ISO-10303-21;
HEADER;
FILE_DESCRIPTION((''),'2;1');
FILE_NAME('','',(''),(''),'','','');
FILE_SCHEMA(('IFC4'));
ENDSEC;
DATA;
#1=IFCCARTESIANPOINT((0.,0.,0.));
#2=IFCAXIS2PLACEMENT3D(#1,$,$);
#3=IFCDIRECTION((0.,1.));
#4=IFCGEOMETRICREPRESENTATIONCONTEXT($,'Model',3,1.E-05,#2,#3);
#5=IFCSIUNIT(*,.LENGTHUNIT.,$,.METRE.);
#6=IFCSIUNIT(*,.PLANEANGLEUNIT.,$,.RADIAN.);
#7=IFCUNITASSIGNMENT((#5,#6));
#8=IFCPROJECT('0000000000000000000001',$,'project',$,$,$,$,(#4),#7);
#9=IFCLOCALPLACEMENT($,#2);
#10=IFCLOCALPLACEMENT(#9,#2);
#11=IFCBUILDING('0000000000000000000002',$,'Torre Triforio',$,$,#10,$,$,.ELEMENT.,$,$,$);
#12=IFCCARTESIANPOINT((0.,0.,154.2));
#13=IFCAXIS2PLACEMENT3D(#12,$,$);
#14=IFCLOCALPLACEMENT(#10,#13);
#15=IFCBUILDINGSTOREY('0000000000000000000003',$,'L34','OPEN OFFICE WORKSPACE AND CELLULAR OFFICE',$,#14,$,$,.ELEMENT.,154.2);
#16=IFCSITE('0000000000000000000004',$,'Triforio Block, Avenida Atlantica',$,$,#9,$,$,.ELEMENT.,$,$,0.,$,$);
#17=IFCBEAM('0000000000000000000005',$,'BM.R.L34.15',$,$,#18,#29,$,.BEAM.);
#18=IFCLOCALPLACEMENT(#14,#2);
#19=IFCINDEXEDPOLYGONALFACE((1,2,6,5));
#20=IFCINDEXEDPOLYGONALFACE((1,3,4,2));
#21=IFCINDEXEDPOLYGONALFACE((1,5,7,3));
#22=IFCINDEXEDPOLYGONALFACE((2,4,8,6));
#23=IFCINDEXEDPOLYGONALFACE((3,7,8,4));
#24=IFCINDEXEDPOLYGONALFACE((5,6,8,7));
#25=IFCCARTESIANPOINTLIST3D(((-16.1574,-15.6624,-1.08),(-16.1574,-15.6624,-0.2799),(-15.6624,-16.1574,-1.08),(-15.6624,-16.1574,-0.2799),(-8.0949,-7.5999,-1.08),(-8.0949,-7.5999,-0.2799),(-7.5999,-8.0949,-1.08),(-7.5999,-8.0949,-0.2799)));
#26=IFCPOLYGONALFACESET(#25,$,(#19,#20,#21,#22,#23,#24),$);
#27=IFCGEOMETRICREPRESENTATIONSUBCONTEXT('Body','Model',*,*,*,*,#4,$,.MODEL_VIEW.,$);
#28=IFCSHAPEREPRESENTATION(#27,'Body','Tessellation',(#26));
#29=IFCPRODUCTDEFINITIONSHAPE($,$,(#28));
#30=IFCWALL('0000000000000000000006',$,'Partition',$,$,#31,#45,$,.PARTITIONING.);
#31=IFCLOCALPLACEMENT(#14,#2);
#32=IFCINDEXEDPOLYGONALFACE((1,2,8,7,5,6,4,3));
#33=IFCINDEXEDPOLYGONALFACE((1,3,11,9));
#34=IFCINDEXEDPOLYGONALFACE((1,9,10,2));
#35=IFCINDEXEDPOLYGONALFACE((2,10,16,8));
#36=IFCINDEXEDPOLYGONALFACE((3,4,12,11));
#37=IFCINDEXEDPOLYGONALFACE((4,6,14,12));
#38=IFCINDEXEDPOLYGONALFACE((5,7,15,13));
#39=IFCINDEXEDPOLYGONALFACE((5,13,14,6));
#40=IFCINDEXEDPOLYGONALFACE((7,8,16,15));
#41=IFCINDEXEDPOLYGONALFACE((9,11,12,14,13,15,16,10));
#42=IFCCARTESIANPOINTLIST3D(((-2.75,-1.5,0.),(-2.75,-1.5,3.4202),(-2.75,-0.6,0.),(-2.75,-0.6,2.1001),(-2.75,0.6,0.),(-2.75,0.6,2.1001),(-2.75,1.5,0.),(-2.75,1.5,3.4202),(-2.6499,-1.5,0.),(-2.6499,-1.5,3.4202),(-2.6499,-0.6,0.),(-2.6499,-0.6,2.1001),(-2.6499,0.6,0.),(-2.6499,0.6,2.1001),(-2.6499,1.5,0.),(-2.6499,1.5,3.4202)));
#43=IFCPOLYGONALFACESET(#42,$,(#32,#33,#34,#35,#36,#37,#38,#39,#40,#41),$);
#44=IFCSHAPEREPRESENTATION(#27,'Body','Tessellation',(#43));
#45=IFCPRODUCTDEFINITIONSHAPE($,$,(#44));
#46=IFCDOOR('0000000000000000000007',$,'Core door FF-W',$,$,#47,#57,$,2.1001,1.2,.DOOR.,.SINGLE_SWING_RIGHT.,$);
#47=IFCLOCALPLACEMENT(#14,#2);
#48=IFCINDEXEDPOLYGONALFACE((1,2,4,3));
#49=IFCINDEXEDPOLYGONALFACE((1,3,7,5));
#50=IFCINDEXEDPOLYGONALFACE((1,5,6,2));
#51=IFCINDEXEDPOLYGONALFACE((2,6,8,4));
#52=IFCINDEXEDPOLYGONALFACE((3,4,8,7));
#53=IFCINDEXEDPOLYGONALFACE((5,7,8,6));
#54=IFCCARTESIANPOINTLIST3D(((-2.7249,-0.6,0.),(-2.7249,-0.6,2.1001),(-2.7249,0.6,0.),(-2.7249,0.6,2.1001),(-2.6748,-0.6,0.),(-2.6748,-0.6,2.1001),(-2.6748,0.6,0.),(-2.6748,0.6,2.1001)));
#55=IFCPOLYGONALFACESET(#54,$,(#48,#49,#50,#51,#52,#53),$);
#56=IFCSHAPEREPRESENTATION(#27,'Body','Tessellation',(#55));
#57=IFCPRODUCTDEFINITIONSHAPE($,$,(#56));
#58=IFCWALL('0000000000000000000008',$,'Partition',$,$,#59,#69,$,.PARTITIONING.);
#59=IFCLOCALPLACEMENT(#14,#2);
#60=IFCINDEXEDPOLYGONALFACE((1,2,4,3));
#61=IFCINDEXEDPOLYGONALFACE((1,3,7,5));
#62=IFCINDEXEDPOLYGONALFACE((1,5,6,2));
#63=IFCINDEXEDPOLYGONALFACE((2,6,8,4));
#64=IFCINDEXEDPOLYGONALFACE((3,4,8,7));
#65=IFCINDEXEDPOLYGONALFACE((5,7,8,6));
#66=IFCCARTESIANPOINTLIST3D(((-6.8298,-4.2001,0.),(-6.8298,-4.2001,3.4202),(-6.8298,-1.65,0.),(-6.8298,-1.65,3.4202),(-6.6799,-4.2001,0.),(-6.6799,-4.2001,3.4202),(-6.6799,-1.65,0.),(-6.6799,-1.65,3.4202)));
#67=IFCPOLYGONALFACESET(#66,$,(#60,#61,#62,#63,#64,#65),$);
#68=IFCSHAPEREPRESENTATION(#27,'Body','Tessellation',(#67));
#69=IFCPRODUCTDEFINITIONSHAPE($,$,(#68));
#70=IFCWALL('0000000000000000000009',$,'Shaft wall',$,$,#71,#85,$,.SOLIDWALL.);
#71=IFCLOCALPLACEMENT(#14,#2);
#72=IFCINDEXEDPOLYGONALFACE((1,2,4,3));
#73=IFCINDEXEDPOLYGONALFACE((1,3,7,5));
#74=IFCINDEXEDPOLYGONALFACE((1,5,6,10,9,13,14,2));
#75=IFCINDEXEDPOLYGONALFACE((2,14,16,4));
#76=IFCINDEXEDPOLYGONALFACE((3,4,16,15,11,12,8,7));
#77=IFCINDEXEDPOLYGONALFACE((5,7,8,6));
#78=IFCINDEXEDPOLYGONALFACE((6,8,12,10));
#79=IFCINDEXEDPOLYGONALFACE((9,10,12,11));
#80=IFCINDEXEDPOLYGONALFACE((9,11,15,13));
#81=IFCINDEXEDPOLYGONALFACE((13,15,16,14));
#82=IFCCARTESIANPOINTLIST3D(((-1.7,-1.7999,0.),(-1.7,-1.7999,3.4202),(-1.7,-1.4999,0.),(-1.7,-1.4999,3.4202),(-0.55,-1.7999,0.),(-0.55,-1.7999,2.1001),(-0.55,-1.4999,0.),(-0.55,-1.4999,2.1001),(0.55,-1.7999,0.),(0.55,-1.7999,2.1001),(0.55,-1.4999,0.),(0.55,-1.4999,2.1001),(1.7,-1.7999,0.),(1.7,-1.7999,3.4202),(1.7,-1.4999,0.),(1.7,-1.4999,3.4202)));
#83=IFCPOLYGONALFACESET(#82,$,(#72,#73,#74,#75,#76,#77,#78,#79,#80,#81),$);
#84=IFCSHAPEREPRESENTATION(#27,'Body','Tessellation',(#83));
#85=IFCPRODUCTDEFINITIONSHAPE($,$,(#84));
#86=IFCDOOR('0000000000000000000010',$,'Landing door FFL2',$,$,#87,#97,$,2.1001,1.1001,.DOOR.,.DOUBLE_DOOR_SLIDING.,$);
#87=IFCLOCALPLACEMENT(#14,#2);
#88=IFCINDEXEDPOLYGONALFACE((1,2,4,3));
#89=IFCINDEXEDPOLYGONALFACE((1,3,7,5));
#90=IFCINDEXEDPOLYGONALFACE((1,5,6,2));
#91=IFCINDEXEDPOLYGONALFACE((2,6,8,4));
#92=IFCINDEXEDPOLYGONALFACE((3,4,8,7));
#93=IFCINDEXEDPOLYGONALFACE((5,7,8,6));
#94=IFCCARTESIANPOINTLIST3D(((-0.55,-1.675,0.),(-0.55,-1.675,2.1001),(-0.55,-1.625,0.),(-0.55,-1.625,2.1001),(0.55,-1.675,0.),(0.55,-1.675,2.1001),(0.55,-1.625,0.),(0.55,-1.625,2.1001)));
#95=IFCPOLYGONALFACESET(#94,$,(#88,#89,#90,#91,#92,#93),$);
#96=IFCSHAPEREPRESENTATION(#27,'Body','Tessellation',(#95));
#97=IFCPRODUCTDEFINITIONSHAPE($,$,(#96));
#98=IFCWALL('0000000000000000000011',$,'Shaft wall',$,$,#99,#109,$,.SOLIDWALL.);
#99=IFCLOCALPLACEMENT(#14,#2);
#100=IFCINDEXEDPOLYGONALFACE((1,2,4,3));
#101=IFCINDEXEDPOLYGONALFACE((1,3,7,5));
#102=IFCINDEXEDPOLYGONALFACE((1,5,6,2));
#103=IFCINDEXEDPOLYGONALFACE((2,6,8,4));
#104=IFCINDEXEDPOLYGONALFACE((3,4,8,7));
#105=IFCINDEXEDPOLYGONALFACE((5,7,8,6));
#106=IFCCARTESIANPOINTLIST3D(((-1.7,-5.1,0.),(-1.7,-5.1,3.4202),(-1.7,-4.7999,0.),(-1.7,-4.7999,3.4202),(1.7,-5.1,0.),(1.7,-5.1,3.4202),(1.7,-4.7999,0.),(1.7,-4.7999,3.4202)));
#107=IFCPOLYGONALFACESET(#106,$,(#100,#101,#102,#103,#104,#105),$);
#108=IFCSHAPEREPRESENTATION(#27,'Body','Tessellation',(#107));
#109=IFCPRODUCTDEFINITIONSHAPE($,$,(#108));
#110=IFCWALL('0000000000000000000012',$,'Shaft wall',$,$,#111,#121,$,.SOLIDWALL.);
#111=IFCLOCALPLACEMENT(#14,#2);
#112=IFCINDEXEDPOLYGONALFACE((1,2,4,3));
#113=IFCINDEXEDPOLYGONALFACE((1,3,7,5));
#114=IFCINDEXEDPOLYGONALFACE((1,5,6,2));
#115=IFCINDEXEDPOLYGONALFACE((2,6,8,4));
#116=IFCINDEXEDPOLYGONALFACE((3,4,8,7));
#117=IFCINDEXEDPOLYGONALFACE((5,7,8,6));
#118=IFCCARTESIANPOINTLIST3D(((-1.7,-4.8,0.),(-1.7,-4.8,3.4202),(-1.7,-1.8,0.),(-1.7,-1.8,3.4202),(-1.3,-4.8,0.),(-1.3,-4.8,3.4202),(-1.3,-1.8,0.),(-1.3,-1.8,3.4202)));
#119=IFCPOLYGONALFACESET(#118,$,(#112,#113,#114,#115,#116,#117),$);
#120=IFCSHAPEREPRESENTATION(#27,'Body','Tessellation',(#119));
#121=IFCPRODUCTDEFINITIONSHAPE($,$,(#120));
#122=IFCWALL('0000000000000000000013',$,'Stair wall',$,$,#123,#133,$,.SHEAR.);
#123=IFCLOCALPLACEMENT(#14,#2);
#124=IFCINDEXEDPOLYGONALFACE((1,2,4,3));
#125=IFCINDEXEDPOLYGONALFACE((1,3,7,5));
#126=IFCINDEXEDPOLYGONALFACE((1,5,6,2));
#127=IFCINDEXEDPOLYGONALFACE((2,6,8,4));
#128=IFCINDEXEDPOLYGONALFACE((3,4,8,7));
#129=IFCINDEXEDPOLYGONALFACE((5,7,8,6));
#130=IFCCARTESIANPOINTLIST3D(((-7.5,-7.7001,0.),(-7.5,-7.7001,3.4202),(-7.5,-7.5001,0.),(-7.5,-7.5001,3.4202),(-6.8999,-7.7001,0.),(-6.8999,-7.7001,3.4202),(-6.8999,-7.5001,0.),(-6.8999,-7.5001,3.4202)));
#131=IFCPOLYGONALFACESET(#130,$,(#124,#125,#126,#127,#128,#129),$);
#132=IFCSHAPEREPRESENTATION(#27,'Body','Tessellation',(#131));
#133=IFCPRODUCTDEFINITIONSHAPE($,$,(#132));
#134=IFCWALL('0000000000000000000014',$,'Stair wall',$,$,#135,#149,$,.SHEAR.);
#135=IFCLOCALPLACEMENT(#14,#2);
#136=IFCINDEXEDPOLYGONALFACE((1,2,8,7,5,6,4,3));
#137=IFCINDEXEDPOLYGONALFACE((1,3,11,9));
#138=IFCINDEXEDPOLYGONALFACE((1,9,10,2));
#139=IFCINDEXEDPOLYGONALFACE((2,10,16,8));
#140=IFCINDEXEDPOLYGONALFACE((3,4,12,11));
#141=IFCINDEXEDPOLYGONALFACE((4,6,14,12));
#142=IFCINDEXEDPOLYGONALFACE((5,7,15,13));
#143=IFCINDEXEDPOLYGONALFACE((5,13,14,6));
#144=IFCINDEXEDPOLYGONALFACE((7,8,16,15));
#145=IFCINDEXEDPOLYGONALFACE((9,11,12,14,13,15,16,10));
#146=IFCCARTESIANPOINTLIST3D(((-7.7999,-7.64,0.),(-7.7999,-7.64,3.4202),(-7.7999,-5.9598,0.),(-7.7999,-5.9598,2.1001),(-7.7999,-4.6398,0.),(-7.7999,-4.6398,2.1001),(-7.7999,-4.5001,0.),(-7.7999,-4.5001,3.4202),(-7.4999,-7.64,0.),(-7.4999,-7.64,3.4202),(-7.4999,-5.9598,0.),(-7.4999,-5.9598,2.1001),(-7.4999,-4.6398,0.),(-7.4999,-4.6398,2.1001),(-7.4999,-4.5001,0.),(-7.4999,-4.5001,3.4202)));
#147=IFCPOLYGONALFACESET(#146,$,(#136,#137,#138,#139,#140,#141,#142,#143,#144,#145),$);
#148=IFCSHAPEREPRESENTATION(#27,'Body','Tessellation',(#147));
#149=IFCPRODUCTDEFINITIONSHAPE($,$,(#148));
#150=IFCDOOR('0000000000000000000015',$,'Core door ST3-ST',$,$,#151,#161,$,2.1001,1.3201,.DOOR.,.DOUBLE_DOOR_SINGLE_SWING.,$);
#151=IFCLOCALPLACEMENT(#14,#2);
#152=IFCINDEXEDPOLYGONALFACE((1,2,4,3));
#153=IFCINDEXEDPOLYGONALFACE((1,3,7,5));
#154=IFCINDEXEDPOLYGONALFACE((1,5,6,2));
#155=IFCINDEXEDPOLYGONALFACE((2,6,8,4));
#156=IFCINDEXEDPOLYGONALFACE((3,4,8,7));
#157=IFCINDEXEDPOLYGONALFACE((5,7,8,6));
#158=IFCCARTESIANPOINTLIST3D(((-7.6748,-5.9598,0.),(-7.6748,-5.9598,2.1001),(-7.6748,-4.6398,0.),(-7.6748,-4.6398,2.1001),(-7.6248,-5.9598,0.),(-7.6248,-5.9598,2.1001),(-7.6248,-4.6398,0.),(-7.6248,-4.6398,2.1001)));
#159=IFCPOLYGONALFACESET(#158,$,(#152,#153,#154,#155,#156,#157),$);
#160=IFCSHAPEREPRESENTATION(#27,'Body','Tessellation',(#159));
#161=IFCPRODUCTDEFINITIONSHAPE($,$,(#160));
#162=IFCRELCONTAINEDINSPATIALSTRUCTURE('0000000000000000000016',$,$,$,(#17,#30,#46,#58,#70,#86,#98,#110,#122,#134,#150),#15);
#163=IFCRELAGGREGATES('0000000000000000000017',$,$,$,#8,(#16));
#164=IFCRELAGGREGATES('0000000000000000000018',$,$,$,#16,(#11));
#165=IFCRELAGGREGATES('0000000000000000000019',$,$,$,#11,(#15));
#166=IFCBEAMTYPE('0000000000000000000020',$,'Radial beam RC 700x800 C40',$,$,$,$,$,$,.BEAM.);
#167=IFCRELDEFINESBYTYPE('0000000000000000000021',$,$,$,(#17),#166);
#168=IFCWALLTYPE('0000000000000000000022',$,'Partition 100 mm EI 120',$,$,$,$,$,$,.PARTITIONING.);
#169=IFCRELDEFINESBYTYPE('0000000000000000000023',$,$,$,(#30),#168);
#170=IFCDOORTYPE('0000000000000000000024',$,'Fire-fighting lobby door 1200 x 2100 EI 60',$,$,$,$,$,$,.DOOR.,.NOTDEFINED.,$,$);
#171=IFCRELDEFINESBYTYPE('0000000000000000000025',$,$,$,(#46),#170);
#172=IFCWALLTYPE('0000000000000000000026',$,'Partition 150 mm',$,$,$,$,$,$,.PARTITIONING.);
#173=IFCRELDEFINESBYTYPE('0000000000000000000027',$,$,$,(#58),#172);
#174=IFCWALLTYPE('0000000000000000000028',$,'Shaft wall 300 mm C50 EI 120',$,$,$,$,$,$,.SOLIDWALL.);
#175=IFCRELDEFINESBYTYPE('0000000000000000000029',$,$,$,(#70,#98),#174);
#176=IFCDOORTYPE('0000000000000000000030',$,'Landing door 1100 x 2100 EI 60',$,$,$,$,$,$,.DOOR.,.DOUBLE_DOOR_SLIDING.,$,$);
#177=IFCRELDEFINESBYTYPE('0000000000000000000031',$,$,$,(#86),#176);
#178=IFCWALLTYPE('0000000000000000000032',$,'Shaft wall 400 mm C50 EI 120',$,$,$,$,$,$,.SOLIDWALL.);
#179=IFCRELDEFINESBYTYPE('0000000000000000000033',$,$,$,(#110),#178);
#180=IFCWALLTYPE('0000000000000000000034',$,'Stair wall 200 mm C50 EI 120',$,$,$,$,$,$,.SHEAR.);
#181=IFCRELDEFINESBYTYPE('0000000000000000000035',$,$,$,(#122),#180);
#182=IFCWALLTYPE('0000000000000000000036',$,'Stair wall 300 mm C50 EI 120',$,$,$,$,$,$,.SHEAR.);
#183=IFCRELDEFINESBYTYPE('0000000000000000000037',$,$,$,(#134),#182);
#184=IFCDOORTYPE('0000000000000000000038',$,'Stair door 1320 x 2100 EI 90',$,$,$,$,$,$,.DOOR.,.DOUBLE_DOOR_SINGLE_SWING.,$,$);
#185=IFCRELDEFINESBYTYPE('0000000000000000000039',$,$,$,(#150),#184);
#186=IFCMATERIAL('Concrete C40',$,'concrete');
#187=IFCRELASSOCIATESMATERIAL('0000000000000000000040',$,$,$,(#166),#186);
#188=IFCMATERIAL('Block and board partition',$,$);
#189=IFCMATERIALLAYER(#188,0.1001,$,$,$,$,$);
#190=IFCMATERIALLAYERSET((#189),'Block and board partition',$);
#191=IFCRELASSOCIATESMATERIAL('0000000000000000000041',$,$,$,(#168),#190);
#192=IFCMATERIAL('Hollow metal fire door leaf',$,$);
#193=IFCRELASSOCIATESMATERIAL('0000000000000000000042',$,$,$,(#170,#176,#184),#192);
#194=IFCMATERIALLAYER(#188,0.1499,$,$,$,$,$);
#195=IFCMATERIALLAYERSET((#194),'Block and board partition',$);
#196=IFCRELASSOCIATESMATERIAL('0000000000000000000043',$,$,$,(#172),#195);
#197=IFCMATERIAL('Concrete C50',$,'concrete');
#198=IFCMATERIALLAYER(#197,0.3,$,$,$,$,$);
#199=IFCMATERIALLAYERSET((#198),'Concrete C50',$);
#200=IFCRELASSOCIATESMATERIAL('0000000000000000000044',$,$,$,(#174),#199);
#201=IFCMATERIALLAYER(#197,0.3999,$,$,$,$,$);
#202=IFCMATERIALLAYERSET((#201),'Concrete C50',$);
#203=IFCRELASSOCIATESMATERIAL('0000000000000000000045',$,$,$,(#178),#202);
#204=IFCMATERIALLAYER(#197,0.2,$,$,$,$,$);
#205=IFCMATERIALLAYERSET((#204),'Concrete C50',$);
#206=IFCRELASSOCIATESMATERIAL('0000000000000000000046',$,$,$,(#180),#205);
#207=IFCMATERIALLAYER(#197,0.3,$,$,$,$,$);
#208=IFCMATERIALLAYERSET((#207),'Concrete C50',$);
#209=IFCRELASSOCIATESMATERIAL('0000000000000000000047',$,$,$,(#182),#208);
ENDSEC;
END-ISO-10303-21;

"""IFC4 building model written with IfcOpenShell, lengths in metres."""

from ifc_helpers import new_model, si_unit, direction, frame, frame_2d, origin, origin_2d, place, context, subcontext, project, spatial, rectangle, extrude, material, layer, layer_set, material_profile, profile_set, type_object, element, fill, save


model = new_model("IFC4")

# Units and contexts
model_context = context("Model", 3, precision=1e-05, world=origin(), true_north=direction((0.0, 1.0)))
body_context = subcontext(model_context, "Body", "Model", "MODEL_VIEW")
ifc_project = project(units=[si_unit("LENGTHUNIT", "METRE"), si_unit("PLANEANGLEUNIT", "RADIAN")], contexts=[model_context])

# Site, building, storey
site_placement = place(None, origin())
site = spatial("IfcSite", under=ifc_project, at=site_placement, Name="Triforio Block, Avenida Atlantica", CompositionType="ELEMENT", RefElevation=0.0)
building_placement = place(site_placement, origin())
building = spatial("IfcBuilding", under=site, at=building_placement, Name="Torre Triforio", CompositionType="ELEMENT")
storey_placement = place(building_placement, frame((0.0, 0.0, 154.2)))
storey = spatial("IfcBuildingStorey", under=building, at=storey_placement, Name="L34", Description="OPEN OFFICE WORKSPACE AND CELLULAR OFFICE", CompositionType="ELEMENT", Elevation=154.2)

# Beam
ifc_material_1 = material(Name="Concrete C40", Category="concrete")
ifc_material_profile = material_profile(ifc_material_1, rectangle(XDim=0.7, YDim=0.8, at=origin_2d()), Name="RC 700x800")
ifc_profile_set = profile_set([ifc_material_profile], Name="Concrete C40")
beam_type = type_object("IfcBeamType", Name="Radial beam RC 700x800 C40", PredefinedType="BEAM", material=ifc_profile_set)
beam_placement = place(storey_placement, frame((-7.8474, -7.8474, -0.6799), z_axis=(-0.707107, -0.707107, 0.0), x_axis=(0.707107, -0.707107, 0.0)))
element("IfcBeam", 1, at=beam_placement, inside=storey, type_object=beam_type, Name="BM.R.L34.15", PredefinedType="BEAM", context=body_context, shape_type="SweptSolid", body=[
    extrude(rectangle(XDim=0.7, YDim=0.8, at=origin_2d()), origin(), (0.0, 0.0, 1.0), 11.4021),
])

# Wall, opening, door
ifc_material_2 = material(Name="Block and board partition")
ifc_layer_1 = layer(ifc_material_2, 0.1001)
ifc_layer_set_1 = layer_set([ifc_layer_1], Name="Block and board partition")
wall_type_1 = type_object("IfcWallType", Name="Partition 100 mm EI 120", PredefinedType="PARTITIONING", material=ifc_layer_set_1)
wall_1_placement = place(storey_placement, frame((-2.7, -1.5, 0.0), z_axis=(0.0, 0.0, 1.0), x_axis=(0.0, 1.0, 0.0)))
wall_1 = element("IfcWall", 2, at=wall_1_placement, inside=storey, type_object=wall_type_1, Name="Partition", PredefinedType="PARTITIONING", context=body_context, shape_type="SweptSolid", body=[
    extrude(rectangle(XDim=3.0, YDim=0.1001, at=frame_2d((1.5, 0.0))), origin(), (0.0, 0.0, 1.0), 3.4202),
])
opening_1_placement = place(wall_1_placement, frame((0.8999, 0.0, 0.0)))
opening_1 = element("IfcOpeningElement", 3, at=opening_1_placement, cuts=wall_1, PredefinedType="OPENING", context=body_context, shape_type="SweptSolid", body=[
    extrude(rectangle(XDim=1.2, YDim=2.1001, at=frame_2d((0.6001, 1.05))), frame((0.0, 0.0601, 0.0), z_axis=(0.0, -1.0, 0.0), x_axis=(1.0, 0.0, 0.0)), (0.0, 0.0, 1.0), 0.1201),
])
ifc_material_3 = material(Name="Hollow metal fire door leaf")
door_type_1 = type_object("IfcDoorType", Name="Fire-fighting lobby door 1200 x 2100 EI 60", OperationType="NOTDEFINED", PredefinedType="DOOR", material=ifc_material_3)
door_1_placement = place(opening_1_placement, origin())
door_1 = element("IfcDoor", 4, at=door_1_placement, inside=storey, type_object=door_type_1, Name="Core door FF-W", OperationType="SINGLE_SWING_RIGHT", OverallHeight=2.1001, OverallWidth=1.2, PredefinedType="DOOR", context=body_context, shape_type="SweptSolid", body=[
    extrude(rectangle(XDim=1.2, YDim=2.1001, at=frame_2d((0.6001, 1.05))), frame((0.0, 0.0249, 0.0), z_axis=(0.0, -1.0, 0.0), x_axis=(1.0, 0.0, 0.0)), (0.0, 0.0, 1.0), 0.05),
])
fill(opening_1, door_1)

# Wall
ifc_layer_2 = layer(ifc_material_2, 0.1499)
ifc_layer_set_2 = layer_set([ifc_layer_2], Name="Block and board partition")
wall_type_2 = type_object("IfcWallType", Name="Partition 150 mm", PredefinedType="PARTITIONING", material=ifc_layer_set_2)
wall_2_placement = place(storey_placement, frame((-6.7549, -4.2, 0.0), z_axis=(0.0, 0.0, 1.0), x_axis=(0.0, 1.0, 0.0)))
element("IfcWall", 5, at=wall_2_placement, inside=storey, type_object=wall_type_2, Name="Partition", PredefinedType="PARTITIONING", context=body_context, shape_type="SweptSolid", body=[
    extrude(rectangle(XDim=2.55, YDim=0.1499, at=frame_2d((1.2749, 0.0))), origin(), (0.0, 0.0, 1.0), 3.4202),
])

# Wall, opening, door
ifc_material_4 = material(Name="Concrete C50", Category="concrete")
ifc_layer_3 = layer(ifc_material_4, 0.3)
ifc_layer_set_3 = layer_set([ifc_layer_3], Name="Concrete C50")
wall_type_3 = type_object("IfcWallType", Name="Shaft wall 300 mm C50 EI 120", PredefinedType="SOLIDWALL", material=ifc_layer_set_3)
wall_3_placement = place(storey_placement, frame((-1.7, -1.6499, 0.0), z_axis=(0.0, 0.0, 1.0), x_axis=(1.0, 0.0, 0.0)))
wall_3 = element("IfcWall", 6, at=wall_3_placement, inside=storey, type_object=wall_type_3, Name="Shaft wall", PredefinedType="SOLIDWALL", context=body_context, shape_type="SweptSolid", body=[
    extrude(rectangle(XDim=3.3999, YDim=0.3, at=frame_2d((1.7, 0.0))), origin(), (0.0, 0.0, 1.0), 3.4202),
])
opening_2_placement = place(wall_3_placement, frame((1.1499, 0.0, 0.0)))
opening_2 = element("IfcOpeningElement", 7, at=opening_2_placement, cuts=wall_3, PredefinedType="OPENING", context=body_context, shape_type="SweptSolid", body=[
    extrude(rectangle(XDim=1.1001, YDim=2.1001, at=frame_2d((0.55, 1.05))), frame((0.0, 0.1599, 0.0), z_axis=(0.0, -1.0, 0.0), x_axis=(1.0, 0.0, 0.0)), (0.0, 0.0, 1.0), 0.3201),
])
door_type_2 = type_object("IfcDoorType", Name="Landing door 1100 x 2100 EI 60", OperationType="DOUBLE_DOOR_SLIDING", PredefinedType="DOOR", material=ifc_material_3)
door_2_placement = place(opening_2_placement, origin())
door_2 = element("IfcDoor", 8, at=door_2_placement, inside=storey, type_object=door_type_2, Name="Landing door FFL2", OperationType="DOUBLE_DOOR_SLIDING", OverallHeight=2.1001, OverallWidth=1.1001, PredefinedType="DOOR", context=body_context, shape_type="SweptSolid", body=[
    extrude(rectangle(XDim=1.1001, YDim=2.1001, at=frame_2d((0.55, 1.05))), frame((0.0, 0.0249, 0.0), z_axis=(0.0, -1.0, 0.0), x_axis=(1.0, 0.0, 0.0)), (0.0, 0.0, 1.0), 0.05),
])
fill(opening_2, door_2)

# Walls
wall_4_placement = place(storey_placement, frame((-1.7, -4.95, 0.0), z_axis=(0.0, 0.0, 1.0), x_axis=(1.0, 0.0, 0.0)))
element("IfcWall", 9, at=wall_4_placement, inside=storey, type_object=wall_type_3, Name="Shaft wall", PredefinedType="SOLIDWALL", context=body_context, shape_type="SweptSolid", body=[
    extrude(rectangle(XDim=3.3999, YDim=0.3, at=frame_2d((1.7, 0.0))), origin(), (0.0, 0.0, 1.0), 3.4202),
])
ifc_layer_4 = layer(ifc_material_4, 0.3999)
ifc_layer_set_4 = layer_set([ifc_layer_4], Name="Concrete C50")
wall_type_4 = type_object("IfcWallType", Name="Shaft wall 400 mm C50 EI 120", PredefinedType="SOLIDWALL", material=ifc_layer_set_4)
wall_5_placement = place(storey_placement, frame((-1.5, -4.8, 0.0), z_axis=(0.0, 0.0, 1.0), x_axis=(0.0, 1.0, 0.0)))
element("IfcWall", 10, at=wall_5_placement, inside=storey, type_object=wall_type_4, Name="Shaft wall", PredefinedType="SOLIDWALL", context=body_context, shape_type="SweptSolid", body=[
    extrude(rectangle(XDim=3.0, YDim=0.3999, at=frame_2d((1.5, 0.0))), origin(), (0.0, 0.0, 1.0), 3.4202),
])
ifc_layer_5 = layer(ifc_material_4, 0.2)
ifc_layer_set_5 = layer_set([ifc_layer_5], Name="Concrete C50")
wall_type_5 = type_object("IfcWallType", Name="Stair wall 200 mm C50 EI 120", PredefinedType="SHEAR", material=ifc_layer_set_5)
wall_6_placement = place(storey_placement, frame((-7.5, -7.6001, 0.0), z_axis=(0.0, 0.0, 1.0), x_axis=(1.0, 0.0, 0.0)))
element("IfcWall", 11, at=wall_6_placement, inside=storey, type_object=wall_type_5, Name="Stair wall", PredefinedType="SHEAR", context=body_context, shape_type="SweptSolid", body=[
    extrude(rectangle(XDim=0.6001, YDim=0.2, at=frame_2d((0.3, 0.0))), origin(), (0.0, 0.0, 1.0), 3.4202),
])

# Wall, opening, door
ifc_layer_6 = layer(ifc_material_4, 0.3)
ifc_layer_set_6 = layer_set([ifc_layer_6], Name="Concrete C50")
wall_type_6 = type_object("IfcWallType", Name="Stair wall 300 mm C50 EI 120", PredefinedType="SHEAR", material=ifc_layer_set_6)
wall_7_placement = place(storey_placement, frame((-7.6499, -7.6399, 0.0), z_axis=(0.0, 0.0, 1.0), x_axis=(0.0, 1.0, 0.0)))
wall_7 = element("IfcWall", 12, at=wall_7_placement, inside=storey, type_object=wall_type_6, Name="Stair wall", PredefinedType="SHEAR", context=body_context, shape_type="SweptSolid", body=[
    extrude(rectangle(XDim=3.1399, YDim=0.3, at=frame_2d((1.5698, 0.0))), origin(), (0.0, 0.0, 1.0), 3.4202),
])
opening_3_placement = place(wall_7_placement, frame((1.6799, 0.0, 0.0)))
opening_3 = element("IfcOpeningElement", 13, at=opening_3_placement, cuts=wall_7, PredefinedType="OPENING", context=body_context, shape_type="SweptSolid", body=[
    extrude(rectangle(XDim=1.3201, YDim=2.1001, at=frame_2d((0.6602, 1.05))), frame((0.0, 0.1599, 0.0), z_axis=(0.0, -1.0, 0.0), x_axis=(1.0, 0.0, 0.0)), (0.0, 0.0, 1.0), 0.3201),
])
door_type_3 = type_object("IfcDoorType", Name="Stair door 1320 x 2100 EI 90", OperationType="DOUBLE_DOOR_SINGLE_SWING", PredefinedType="DOOR", material=ifc_material_3)
door_3_placement = place(opening_3_placement, origin())
door_3 = element("IfcDoor", 14, at=door_3_placement, inside=storey, type_object=door_type_3, Name="Core door ST3-ST", OperationType="DOUBLE_DOOR_SINGLE_SWING", OverallHeight=2.1001, OverallWidth=1.3201, PredefinedType="DOOR", context=body_context, shape_type="SweptSolid", body=[
    extrude(rectangle(XDim=1.3201, YDim=2.1001, at=frame_2d((0.6602, 1.05))), frame((0.0, 0.0249, 0.0), z_axis=(0.0, -1.0, 0.0), x_axis=(1.0, 0.0, 0.0)), (0.0, 0.0, 1.0), 0.05),
])
fill(opening_3, door_3)

save(model, "model.ifc")
